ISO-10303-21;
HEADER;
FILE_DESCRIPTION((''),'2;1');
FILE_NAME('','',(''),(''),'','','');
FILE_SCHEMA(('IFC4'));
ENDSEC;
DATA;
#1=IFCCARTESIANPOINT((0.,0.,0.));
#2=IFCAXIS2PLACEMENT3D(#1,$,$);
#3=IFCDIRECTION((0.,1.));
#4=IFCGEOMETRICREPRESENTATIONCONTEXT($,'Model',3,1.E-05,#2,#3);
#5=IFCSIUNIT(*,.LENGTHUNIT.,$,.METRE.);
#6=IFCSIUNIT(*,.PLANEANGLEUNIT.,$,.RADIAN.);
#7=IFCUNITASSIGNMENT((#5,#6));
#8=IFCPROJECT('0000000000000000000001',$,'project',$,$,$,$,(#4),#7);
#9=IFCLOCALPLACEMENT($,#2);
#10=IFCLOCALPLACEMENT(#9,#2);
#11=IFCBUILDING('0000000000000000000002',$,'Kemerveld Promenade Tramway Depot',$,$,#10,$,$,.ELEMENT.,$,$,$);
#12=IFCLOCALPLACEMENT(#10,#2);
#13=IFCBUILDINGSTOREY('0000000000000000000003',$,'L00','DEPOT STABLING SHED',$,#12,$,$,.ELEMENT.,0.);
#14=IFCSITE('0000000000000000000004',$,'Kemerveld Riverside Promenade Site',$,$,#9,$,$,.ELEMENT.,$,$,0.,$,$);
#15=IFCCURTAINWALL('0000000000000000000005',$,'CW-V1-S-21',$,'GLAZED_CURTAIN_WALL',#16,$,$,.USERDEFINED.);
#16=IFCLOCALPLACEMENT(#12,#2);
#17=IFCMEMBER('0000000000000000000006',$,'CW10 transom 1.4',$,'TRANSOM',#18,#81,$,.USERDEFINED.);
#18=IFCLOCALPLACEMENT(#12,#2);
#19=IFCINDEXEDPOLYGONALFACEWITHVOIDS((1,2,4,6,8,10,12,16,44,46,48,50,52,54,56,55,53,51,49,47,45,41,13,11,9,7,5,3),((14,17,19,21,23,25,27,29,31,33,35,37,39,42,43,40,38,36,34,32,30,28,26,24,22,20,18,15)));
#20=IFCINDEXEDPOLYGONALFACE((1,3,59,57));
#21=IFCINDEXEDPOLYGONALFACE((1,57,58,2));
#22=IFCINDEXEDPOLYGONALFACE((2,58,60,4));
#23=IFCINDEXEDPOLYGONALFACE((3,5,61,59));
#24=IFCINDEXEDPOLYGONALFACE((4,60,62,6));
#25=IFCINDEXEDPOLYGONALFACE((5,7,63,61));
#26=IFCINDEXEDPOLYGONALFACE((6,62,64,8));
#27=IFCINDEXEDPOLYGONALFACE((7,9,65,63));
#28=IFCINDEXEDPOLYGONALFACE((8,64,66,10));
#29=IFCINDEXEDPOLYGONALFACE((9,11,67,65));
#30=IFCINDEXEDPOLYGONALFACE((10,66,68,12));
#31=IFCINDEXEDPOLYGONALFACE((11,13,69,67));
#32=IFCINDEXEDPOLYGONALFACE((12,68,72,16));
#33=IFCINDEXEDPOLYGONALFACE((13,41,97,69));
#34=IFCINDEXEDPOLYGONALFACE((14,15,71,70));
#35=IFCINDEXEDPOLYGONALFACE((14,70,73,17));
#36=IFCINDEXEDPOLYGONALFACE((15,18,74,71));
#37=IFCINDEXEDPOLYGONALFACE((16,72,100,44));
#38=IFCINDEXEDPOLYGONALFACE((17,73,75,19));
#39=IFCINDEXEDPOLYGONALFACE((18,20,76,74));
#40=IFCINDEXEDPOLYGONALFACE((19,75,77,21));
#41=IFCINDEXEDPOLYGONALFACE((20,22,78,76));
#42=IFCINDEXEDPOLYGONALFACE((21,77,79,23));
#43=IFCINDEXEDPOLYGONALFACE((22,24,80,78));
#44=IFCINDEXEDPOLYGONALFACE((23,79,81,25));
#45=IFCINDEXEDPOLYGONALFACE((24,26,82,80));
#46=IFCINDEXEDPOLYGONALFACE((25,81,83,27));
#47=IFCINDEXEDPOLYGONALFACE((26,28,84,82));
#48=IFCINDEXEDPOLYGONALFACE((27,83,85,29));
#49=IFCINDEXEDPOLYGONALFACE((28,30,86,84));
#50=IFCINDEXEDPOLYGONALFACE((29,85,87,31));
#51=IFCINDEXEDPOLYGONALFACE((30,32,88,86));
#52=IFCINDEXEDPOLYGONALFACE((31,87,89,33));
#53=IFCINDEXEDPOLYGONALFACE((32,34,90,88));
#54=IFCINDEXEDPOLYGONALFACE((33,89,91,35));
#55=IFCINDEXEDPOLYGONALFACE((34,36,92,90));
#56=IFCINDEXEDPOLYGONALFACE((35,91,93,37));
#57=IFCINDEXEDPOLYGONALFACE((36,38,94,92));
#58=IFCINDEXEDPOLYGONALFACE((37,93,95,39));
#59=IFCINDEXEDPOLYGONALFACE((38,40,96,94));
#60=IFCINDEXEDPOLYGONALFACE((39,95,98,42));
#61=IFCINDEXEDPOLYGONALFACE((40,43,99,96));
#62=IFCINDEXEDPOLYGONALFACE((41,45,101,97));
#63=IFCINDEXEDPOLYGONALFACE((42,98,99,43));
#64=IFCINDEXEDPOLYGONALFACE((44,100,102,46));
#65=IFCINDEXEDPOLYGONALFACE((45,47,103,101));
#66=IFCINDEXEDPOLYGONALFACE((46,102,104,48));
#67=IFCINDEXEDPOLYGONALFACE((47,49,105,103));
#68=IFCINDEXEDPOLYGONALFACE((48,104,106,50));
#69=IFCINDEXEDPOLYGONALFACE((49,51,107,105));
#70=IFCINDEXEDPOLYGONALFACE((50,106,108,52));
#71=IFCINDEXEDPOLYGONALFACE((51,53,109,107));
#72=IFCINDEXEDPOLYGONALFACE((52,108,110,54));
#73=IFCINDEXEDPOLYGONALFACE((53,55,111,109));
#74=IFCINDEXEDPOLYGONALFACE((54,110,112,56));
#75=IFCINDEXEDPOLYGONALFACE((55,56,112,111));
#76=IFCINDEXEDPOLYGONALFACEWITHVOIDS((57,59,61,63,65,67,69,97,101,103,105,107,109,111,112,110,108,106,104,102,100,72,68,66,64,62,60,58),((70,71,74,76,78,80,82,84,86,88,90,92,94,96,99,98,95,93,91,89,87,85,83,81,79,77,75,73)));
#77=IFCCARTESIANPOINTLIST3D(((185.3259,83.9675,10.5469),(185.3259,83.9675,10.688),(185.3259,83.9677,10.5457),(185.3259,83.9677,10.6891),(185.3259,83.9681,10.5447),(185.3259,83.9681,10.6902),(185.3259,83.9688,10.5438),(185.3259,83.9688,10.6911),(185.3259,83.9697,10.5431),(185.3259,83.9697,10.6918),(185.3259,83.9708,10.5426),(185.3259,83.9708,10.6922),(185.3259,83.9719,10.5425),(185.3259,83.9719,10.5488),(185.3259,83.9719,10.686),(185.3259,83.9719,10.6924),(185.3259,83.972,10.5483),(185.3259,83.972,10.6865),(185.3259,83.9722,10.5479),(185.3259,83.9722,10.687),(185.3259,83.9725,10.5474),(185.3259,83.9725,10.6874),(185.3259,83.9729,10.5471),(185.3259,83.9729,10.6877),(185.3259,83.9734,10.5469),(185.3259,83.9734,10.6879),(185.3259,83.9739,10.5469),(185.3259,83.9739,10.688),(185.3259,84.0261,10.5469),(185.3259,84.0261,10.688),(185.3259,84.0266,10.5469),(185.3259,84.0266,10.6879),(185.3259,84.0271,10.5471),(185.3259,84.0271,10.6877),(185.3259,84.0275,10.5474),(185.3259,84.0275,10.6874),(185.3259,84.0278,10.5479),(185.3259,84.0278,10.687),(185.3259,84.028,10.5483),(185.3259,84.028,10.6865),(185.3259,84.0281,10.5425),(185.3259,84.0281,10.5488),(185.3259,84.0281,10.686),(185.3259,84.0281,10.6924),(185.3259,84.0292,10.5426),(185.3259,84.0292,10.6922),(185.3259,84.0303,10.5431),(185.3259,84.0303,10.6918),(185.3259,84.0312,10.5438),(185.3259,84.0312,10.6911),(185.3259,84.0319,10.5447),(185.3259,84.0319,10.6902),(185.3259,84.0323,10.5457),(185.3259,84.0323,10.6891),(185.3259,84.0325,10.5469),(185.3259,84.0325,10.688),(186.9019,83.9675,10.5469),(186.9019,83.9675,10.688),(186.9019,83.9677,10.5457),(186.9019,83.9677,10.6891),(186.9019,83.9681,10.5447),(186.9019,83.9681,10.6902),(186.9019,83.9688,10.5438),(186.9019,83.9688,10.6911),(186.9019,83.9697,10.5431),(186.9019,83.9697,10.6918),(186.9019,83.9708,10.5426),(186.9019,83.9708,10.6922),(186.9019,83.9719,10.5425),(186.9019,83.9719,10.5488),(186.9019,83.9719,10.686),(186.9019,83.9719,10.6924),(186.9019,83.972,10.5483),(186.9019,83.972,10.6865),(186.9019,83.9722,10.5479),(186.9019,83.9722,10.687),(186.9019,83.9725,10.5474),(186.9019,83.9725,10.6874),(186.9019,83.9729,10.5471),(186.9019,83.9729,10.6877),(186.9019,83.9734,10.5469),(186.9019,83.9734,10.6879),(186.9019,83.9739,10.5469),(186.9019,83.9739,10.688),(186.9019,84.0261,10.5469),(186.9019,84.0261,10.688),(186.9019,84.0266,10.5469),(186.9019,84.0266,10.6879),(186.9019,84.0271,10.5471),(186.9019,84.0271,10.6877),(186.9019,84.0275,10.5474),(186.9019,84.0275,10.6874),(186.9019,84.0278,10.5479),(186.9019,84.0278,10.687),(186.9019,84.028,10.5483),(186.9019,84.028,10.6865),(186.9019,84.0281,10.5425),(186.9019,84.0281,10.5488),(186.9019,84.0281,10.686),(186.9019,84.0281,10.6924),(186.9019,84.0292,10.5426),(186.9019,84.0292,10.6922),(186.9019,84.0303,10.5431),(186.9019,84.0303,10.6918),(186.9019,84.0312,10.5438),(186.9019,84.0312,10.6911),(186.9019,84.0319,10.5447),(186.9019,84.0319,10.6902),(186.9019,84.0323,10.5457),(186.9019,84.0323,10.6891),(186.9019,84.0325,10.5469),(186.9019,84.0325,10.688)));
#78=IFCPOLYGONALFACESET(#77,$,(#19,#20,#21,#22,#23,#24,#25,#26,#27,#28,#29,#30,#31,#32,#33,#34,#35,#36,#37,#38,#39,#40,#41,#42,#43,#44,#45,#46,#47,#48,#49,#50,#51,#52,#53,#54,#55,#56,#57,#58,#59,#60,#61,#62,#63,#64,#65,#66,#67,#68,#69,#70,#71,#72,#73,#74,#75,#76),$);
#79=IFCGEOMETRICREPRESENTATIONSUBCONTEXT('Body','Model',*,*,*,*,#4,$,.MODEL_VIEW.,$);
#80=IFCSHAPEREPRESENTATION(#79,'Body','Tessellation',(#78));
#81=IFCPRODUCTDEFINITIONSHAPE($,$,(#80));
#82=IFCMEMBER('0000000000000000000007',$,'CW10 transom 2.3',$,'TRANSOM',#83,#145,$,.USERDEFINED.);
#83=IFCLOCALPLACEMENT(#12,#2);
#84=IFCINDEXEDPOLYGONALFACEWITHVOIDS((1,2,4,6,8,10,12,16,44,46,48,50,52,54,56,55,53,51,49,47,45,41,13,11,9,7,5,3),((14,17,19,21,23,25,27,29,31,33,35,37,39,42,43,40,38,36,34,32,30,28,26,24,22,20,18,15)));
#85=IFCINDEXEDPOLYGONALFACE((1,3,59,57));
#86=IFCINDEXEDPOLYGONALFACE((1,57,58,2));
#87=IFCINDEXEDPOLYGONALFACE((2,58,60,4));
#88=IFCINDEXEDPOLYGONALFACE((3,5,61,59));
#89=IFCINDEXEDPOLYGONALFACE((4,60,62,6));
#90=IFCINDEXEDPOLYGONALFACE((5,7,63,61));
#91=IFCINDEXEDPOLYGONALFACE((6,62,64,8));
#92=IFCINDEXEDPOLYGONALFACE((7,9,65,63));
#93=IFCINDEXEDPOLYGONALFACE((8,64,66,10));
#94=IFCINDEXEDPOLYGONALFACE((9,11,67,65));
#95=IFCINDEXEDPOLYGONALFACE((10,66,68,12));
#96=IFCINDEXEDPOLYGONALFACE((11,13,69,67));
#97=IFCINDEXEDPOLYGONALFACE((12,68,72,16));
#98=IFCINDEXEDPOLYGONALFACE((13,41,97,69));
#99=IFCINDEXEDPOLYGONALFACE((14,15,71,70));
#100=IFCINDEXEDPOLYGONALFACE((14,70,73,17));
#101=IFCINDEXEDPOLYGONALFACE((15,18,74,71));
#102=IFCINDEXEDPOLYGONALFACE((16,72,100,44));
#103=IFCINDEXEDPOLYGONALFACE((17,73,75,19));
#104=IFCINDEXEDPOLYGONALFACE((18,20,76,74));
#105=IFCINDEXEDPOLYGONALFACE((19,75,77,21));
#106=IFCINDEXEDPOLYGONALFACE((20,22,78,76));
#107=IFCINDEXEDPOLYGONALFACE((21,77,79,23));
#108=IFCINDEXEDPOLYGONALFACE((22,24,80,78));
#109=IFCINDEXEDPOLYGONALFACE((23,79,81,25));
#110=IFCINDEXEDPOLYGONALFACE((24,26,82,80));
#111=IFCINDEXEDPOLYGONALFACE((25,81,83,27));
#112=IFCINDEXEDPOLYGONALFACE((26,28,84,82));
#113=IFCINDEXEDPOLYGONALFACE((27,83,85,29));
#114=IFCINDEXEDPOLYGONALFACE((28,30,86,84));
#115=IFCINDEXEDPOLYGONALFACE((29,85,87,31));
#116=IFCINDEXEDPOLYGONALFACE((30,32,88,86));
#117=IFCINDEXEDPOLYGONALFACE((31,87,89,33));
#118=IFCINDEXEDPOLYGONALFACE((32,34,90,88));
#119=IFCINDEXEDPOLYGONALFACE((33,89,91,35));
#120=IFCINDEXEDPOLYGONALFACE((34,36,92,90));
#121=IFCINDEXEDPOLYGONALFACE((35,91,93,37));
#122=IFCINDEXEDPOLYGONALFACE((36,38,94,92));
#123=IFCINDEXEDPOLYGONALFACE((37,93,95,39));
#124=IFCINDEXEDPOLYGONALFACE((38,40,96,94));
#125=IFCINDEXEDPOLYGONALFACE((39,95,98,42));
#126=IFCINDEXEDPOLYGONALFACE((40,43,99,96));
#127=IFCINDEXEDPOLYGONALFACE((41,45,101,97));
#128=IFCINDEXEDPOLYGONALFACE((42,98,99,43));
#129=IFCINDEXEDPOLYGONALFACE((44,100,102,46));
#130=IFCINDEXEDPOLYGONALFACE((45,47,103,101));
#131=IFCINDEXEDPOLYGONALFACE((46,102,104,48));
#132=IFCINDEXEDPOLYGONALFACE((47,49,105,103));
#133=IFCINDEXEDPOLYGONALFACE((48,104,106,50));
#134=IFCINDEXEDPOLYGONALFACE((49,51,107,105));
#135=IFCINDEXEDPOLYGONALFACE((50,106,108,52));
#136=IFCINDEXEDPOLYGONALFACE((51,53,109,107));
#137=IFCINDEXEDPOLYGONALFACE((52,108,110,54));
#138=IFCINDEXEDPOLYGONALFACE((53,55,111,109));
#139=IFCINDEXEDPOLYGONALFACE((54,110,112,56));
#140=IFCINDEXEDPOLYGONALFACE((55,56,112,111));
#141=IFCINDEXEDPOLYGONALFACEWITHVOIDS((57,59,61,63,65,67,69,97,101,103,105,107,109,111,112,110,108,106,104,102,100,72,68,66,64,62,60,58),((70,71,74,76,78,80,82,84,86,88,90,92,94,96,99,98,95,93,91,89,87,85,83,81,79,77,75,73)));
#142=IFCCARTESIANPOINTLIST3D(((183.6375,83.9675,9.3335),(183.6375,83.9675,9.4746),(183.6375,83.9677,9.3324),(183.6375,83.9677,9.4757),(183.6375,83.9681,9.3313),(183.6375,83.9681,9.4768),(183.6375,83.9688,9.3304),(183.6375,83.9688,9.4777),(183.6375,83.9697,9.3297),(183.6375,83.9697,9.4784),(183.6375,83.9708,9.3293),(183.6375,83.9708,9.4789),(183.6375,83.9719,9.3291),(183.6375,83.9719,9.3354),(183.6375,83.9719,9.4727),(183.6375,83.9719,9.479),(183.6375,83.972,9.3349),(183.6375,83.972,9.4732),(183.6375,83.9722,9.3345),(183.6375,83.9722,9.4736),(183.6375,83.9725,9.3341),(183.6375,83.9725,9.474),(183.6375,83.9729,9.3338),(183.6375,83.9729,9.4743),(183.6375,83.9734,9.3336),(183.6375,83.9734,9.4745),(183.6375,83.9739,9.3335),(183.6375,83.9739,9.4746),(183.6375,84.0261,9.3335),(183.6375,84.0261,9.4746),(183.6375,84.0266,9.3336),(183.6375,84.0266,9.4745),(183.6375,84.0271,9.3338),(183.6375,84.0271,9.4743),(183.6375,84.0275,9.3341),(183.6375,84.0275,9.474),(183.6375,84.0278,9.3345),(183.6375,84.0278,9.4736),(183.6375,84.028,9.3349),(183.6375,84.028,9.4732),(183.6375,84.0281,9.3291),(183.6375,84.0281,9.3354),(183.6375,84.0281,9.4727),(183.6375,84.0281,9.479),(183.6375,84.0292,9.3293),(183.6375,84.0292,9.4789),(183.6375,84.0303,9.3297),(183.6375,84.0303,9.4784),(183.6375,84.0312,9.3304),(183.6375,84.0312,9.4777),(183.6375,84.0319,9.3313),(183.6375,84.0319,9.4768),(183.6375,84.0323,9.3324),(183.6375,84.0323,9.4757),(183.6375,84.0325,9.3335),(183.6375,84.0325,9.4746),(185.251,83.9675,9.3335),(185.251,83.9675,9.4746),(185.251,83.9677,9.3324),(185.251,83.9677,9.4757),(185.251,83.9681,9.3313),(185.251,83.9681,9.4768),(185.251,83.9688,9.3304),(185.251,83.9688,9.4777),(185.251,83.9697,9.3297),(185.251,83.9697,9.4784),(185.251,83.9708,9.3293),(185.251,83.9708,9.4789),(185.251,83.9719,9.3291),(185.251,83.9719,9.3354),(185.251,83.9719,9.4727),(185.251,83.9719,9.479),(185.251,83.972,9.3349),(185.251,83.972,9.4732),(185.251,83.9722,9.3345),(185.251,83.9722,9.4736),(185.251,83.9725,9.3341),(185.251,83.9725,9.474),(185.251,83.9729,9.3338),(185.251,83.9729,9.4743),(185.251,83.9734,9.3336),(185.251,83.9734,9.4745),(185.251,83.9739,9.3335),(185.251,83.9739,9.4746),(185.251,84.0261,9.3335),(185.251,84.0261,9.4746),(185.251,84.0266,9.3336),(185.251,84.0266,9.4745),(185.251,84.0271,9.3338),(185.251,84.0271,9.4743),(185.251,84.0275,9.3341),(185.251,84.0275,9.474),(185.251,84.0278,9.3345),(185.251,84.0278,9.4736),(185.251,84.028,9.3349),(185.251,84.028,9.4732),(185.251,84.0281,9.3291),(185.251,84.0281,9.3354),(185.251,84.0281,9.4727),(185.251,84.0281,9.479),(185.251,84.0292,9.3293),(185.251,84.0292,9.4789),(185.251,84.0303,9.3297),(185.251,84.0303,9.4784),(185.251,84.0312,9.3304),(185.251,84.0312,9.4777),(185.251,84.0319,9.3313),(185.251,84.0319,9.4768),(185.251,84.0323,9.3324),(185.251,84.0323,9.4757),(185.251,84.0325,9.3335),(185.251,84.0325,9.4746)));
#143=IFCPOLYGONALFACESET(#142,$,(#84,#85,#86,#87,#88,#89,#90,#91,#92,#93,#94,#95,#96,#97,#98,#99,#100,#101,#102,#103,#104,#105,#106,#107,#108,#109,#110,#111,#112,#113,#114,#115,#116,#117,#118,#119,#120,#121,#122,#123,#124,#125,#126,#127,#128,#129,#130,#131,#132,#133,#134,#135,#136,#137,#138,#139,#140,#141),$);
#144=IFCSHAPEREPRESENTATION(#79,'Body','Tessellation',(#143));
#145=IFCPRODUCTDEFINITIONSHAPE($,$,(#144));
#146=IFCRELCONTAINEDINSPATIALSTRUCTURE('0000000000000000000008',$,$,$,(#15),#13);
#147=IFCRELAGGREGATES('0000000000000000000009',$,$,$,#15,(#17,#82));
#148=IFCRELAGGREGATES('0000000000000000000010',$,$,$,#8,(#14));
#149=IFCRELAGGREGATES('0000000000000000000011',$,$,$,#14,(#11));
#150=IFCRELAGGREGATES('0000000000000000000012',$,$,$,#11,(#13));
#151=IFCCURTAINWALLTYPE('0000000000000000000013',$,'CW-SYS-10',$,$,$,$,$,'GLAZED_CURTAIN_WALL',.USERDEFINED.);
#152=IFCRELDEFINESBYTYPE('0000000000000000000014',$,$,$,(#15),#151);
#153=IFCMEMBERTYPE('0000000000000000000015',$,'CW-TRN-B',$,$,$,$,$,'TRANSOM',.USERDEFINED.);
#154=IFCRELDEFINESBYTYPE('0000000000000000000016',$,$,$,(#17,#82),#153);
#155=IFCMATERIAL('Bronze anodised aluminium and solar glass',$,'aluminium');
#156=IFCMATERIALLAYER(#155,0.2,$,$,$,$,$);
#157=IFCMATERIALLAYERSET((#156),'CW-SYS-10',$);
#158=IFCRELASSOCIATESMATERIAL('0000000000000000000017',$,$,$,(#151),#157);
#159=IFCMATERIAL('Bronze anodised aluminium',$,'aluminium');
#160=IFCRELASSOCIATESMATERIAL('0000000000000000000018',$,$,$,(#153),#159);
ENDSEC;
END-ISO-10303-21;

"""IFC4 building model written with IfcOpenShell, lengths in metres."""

from ifc_helpers import new_model, si_unit, direction, frame, origin, origin_2d, place, context, subcontext, project, spatial, hollow_rectangle, extrude, material, layer, layer_set, material_profile, profile_set, type_object, element, aggregate, save


model = new_model("IFC4")

# Units and contexts
model_context = context("Model", 3, precision=1e-05, world=origin(), true_north=direction((0.0, 1.0)))
body_context = subcontext(model_context, "Body", "Model", "MODEL_VIEW")
ifc_project = project(units=[si_unit("LENGTHUNIT", "METRE"), si_unit("PLANEANGLEUNIT", "RADIAN")], contexts=[model_context])

# Site, building, storey
site_placement = place(None, origin())
site = spatial("IfcSite", under=ifc_project, at=site_placement, Name="Kemerveld Riverside Promenade Site", CompositionType="ELEMENT", RefElevation=0.0)
building_placement = place(site_placement, origin())
building = spatial("IfcBuilding", under=site, at=building_placement, Name="Kemerveld Promenade Tramway Depot", CompositionType="ELEMENT")
storey_placement = place(building_placement, origin())
storey = spatial("IfcBuildingStorey", under=building, at=storey_placement, Name="L00", Description="DEPOT STABLING SHED", CompositionType="ELEMENT", Elevation=0.0)

# Curtain wall, members
ifc_material_1 = material(Name="Bronze anodised aluminium and solar glass", Category="aluminium")
ifc_material_2 = material(Name="Bronze anodised aluminium", Category="aluminium")
ifc_layer_1 = layer(ifc_material_1, 0.2)
ifc_layer_set_1 = layer_set([ifc_layer_1], Name="CW-SYS-10")
curtain_wall_type_1 = type_object("IfcCurtainWallType", Name="CW-SYS-10", ElementType="GLAZED_CURTAIN_WALL", PredefinedType="USERDEFINED", material=ifc_layer_set_1)
curtain_wall_1_placement = place(storey_placement, origin())
curtain_wall_1 = element("IfcCurtainWall", 1, at=curtain_wall_1_placement, inside=storey, type_object=curtain_wall_type_1, Name="CW-V1-S-21", ObjectType="GLAZED_CURTAIN_WALL", PredefinedType="USERDEFINED")
ifc_material_profile_1 = material_profile(ifc_material_2, hollow_rectangle(XDim=0.0649, YDim=0.1499, WallThickness=0.0044, InnerFilletRadius=0.002, OuterFilletRadius=0.0044, at=origin_2d()), Name="CW-TRN-150x65")
ifc_profile_set_1 = profile_set([ifc_material_profile_1], Name="Bronze anodised aluminium")
member_type_1 = type_object("IfcMemberType", Name="CW-TRN-B", ElementType="TRANSOM", PredefinedType="USERDEFINED", material=ifc_profile_set_1)
member_1_placement = place(storey_placement, frame((186.9019, 84.0, 10.6174), z_axis=(-1.0, 0.0, 0.0), x_axis=(0.0, -1.0, 0.0)))
member_1 = element("IfcMember", 2, at=member_1_placement, type_object=member_type_1, Name="CW10 transom 1.4", ObjectType="TRANSOM", PredefinedType="USERDEFINED", context=body_context, shape_type="SweptSolid", body=[
    extrude(hollow_rectangle(XDim=0.0649, YDim=0.1499, WallThickness=0.0044, InnerFilletRadius=0.002, OuterFilletRadius=0.0044, at=origin_2d()), origin(), (0.0, 0.0, 1.0), 1.5759),
])
member_2_placement = place(storey_placement, frame((185.251, 84.0, 9.4041), z_axis=(-1.0, 0.0, 0.0), x_axis=(0.0, -1.0, 0.0)))
member_2 = element("IfcMember", 3, at=member_2_placement, type_object=member_type_1, Name="CW10 transom 2.3", ObjectType="TRANSOM", PredefinedType="USERDEFINED", context=body_context, shape_type="SweptSolid", body=[
    extrude(hollow_rectangle(XDim=0.0649, YDim=0.1499, WallThickness=0.0044, InnerFilletRadius=0.002, OuterFilletRadius=0.0044, at=origin_2d()), origin(), (0.0, 0.0, 1.0), 1.6135),
])

aggregate(curtain_wall_1, [member_1, member_2])

save(model, "model.ifc")
